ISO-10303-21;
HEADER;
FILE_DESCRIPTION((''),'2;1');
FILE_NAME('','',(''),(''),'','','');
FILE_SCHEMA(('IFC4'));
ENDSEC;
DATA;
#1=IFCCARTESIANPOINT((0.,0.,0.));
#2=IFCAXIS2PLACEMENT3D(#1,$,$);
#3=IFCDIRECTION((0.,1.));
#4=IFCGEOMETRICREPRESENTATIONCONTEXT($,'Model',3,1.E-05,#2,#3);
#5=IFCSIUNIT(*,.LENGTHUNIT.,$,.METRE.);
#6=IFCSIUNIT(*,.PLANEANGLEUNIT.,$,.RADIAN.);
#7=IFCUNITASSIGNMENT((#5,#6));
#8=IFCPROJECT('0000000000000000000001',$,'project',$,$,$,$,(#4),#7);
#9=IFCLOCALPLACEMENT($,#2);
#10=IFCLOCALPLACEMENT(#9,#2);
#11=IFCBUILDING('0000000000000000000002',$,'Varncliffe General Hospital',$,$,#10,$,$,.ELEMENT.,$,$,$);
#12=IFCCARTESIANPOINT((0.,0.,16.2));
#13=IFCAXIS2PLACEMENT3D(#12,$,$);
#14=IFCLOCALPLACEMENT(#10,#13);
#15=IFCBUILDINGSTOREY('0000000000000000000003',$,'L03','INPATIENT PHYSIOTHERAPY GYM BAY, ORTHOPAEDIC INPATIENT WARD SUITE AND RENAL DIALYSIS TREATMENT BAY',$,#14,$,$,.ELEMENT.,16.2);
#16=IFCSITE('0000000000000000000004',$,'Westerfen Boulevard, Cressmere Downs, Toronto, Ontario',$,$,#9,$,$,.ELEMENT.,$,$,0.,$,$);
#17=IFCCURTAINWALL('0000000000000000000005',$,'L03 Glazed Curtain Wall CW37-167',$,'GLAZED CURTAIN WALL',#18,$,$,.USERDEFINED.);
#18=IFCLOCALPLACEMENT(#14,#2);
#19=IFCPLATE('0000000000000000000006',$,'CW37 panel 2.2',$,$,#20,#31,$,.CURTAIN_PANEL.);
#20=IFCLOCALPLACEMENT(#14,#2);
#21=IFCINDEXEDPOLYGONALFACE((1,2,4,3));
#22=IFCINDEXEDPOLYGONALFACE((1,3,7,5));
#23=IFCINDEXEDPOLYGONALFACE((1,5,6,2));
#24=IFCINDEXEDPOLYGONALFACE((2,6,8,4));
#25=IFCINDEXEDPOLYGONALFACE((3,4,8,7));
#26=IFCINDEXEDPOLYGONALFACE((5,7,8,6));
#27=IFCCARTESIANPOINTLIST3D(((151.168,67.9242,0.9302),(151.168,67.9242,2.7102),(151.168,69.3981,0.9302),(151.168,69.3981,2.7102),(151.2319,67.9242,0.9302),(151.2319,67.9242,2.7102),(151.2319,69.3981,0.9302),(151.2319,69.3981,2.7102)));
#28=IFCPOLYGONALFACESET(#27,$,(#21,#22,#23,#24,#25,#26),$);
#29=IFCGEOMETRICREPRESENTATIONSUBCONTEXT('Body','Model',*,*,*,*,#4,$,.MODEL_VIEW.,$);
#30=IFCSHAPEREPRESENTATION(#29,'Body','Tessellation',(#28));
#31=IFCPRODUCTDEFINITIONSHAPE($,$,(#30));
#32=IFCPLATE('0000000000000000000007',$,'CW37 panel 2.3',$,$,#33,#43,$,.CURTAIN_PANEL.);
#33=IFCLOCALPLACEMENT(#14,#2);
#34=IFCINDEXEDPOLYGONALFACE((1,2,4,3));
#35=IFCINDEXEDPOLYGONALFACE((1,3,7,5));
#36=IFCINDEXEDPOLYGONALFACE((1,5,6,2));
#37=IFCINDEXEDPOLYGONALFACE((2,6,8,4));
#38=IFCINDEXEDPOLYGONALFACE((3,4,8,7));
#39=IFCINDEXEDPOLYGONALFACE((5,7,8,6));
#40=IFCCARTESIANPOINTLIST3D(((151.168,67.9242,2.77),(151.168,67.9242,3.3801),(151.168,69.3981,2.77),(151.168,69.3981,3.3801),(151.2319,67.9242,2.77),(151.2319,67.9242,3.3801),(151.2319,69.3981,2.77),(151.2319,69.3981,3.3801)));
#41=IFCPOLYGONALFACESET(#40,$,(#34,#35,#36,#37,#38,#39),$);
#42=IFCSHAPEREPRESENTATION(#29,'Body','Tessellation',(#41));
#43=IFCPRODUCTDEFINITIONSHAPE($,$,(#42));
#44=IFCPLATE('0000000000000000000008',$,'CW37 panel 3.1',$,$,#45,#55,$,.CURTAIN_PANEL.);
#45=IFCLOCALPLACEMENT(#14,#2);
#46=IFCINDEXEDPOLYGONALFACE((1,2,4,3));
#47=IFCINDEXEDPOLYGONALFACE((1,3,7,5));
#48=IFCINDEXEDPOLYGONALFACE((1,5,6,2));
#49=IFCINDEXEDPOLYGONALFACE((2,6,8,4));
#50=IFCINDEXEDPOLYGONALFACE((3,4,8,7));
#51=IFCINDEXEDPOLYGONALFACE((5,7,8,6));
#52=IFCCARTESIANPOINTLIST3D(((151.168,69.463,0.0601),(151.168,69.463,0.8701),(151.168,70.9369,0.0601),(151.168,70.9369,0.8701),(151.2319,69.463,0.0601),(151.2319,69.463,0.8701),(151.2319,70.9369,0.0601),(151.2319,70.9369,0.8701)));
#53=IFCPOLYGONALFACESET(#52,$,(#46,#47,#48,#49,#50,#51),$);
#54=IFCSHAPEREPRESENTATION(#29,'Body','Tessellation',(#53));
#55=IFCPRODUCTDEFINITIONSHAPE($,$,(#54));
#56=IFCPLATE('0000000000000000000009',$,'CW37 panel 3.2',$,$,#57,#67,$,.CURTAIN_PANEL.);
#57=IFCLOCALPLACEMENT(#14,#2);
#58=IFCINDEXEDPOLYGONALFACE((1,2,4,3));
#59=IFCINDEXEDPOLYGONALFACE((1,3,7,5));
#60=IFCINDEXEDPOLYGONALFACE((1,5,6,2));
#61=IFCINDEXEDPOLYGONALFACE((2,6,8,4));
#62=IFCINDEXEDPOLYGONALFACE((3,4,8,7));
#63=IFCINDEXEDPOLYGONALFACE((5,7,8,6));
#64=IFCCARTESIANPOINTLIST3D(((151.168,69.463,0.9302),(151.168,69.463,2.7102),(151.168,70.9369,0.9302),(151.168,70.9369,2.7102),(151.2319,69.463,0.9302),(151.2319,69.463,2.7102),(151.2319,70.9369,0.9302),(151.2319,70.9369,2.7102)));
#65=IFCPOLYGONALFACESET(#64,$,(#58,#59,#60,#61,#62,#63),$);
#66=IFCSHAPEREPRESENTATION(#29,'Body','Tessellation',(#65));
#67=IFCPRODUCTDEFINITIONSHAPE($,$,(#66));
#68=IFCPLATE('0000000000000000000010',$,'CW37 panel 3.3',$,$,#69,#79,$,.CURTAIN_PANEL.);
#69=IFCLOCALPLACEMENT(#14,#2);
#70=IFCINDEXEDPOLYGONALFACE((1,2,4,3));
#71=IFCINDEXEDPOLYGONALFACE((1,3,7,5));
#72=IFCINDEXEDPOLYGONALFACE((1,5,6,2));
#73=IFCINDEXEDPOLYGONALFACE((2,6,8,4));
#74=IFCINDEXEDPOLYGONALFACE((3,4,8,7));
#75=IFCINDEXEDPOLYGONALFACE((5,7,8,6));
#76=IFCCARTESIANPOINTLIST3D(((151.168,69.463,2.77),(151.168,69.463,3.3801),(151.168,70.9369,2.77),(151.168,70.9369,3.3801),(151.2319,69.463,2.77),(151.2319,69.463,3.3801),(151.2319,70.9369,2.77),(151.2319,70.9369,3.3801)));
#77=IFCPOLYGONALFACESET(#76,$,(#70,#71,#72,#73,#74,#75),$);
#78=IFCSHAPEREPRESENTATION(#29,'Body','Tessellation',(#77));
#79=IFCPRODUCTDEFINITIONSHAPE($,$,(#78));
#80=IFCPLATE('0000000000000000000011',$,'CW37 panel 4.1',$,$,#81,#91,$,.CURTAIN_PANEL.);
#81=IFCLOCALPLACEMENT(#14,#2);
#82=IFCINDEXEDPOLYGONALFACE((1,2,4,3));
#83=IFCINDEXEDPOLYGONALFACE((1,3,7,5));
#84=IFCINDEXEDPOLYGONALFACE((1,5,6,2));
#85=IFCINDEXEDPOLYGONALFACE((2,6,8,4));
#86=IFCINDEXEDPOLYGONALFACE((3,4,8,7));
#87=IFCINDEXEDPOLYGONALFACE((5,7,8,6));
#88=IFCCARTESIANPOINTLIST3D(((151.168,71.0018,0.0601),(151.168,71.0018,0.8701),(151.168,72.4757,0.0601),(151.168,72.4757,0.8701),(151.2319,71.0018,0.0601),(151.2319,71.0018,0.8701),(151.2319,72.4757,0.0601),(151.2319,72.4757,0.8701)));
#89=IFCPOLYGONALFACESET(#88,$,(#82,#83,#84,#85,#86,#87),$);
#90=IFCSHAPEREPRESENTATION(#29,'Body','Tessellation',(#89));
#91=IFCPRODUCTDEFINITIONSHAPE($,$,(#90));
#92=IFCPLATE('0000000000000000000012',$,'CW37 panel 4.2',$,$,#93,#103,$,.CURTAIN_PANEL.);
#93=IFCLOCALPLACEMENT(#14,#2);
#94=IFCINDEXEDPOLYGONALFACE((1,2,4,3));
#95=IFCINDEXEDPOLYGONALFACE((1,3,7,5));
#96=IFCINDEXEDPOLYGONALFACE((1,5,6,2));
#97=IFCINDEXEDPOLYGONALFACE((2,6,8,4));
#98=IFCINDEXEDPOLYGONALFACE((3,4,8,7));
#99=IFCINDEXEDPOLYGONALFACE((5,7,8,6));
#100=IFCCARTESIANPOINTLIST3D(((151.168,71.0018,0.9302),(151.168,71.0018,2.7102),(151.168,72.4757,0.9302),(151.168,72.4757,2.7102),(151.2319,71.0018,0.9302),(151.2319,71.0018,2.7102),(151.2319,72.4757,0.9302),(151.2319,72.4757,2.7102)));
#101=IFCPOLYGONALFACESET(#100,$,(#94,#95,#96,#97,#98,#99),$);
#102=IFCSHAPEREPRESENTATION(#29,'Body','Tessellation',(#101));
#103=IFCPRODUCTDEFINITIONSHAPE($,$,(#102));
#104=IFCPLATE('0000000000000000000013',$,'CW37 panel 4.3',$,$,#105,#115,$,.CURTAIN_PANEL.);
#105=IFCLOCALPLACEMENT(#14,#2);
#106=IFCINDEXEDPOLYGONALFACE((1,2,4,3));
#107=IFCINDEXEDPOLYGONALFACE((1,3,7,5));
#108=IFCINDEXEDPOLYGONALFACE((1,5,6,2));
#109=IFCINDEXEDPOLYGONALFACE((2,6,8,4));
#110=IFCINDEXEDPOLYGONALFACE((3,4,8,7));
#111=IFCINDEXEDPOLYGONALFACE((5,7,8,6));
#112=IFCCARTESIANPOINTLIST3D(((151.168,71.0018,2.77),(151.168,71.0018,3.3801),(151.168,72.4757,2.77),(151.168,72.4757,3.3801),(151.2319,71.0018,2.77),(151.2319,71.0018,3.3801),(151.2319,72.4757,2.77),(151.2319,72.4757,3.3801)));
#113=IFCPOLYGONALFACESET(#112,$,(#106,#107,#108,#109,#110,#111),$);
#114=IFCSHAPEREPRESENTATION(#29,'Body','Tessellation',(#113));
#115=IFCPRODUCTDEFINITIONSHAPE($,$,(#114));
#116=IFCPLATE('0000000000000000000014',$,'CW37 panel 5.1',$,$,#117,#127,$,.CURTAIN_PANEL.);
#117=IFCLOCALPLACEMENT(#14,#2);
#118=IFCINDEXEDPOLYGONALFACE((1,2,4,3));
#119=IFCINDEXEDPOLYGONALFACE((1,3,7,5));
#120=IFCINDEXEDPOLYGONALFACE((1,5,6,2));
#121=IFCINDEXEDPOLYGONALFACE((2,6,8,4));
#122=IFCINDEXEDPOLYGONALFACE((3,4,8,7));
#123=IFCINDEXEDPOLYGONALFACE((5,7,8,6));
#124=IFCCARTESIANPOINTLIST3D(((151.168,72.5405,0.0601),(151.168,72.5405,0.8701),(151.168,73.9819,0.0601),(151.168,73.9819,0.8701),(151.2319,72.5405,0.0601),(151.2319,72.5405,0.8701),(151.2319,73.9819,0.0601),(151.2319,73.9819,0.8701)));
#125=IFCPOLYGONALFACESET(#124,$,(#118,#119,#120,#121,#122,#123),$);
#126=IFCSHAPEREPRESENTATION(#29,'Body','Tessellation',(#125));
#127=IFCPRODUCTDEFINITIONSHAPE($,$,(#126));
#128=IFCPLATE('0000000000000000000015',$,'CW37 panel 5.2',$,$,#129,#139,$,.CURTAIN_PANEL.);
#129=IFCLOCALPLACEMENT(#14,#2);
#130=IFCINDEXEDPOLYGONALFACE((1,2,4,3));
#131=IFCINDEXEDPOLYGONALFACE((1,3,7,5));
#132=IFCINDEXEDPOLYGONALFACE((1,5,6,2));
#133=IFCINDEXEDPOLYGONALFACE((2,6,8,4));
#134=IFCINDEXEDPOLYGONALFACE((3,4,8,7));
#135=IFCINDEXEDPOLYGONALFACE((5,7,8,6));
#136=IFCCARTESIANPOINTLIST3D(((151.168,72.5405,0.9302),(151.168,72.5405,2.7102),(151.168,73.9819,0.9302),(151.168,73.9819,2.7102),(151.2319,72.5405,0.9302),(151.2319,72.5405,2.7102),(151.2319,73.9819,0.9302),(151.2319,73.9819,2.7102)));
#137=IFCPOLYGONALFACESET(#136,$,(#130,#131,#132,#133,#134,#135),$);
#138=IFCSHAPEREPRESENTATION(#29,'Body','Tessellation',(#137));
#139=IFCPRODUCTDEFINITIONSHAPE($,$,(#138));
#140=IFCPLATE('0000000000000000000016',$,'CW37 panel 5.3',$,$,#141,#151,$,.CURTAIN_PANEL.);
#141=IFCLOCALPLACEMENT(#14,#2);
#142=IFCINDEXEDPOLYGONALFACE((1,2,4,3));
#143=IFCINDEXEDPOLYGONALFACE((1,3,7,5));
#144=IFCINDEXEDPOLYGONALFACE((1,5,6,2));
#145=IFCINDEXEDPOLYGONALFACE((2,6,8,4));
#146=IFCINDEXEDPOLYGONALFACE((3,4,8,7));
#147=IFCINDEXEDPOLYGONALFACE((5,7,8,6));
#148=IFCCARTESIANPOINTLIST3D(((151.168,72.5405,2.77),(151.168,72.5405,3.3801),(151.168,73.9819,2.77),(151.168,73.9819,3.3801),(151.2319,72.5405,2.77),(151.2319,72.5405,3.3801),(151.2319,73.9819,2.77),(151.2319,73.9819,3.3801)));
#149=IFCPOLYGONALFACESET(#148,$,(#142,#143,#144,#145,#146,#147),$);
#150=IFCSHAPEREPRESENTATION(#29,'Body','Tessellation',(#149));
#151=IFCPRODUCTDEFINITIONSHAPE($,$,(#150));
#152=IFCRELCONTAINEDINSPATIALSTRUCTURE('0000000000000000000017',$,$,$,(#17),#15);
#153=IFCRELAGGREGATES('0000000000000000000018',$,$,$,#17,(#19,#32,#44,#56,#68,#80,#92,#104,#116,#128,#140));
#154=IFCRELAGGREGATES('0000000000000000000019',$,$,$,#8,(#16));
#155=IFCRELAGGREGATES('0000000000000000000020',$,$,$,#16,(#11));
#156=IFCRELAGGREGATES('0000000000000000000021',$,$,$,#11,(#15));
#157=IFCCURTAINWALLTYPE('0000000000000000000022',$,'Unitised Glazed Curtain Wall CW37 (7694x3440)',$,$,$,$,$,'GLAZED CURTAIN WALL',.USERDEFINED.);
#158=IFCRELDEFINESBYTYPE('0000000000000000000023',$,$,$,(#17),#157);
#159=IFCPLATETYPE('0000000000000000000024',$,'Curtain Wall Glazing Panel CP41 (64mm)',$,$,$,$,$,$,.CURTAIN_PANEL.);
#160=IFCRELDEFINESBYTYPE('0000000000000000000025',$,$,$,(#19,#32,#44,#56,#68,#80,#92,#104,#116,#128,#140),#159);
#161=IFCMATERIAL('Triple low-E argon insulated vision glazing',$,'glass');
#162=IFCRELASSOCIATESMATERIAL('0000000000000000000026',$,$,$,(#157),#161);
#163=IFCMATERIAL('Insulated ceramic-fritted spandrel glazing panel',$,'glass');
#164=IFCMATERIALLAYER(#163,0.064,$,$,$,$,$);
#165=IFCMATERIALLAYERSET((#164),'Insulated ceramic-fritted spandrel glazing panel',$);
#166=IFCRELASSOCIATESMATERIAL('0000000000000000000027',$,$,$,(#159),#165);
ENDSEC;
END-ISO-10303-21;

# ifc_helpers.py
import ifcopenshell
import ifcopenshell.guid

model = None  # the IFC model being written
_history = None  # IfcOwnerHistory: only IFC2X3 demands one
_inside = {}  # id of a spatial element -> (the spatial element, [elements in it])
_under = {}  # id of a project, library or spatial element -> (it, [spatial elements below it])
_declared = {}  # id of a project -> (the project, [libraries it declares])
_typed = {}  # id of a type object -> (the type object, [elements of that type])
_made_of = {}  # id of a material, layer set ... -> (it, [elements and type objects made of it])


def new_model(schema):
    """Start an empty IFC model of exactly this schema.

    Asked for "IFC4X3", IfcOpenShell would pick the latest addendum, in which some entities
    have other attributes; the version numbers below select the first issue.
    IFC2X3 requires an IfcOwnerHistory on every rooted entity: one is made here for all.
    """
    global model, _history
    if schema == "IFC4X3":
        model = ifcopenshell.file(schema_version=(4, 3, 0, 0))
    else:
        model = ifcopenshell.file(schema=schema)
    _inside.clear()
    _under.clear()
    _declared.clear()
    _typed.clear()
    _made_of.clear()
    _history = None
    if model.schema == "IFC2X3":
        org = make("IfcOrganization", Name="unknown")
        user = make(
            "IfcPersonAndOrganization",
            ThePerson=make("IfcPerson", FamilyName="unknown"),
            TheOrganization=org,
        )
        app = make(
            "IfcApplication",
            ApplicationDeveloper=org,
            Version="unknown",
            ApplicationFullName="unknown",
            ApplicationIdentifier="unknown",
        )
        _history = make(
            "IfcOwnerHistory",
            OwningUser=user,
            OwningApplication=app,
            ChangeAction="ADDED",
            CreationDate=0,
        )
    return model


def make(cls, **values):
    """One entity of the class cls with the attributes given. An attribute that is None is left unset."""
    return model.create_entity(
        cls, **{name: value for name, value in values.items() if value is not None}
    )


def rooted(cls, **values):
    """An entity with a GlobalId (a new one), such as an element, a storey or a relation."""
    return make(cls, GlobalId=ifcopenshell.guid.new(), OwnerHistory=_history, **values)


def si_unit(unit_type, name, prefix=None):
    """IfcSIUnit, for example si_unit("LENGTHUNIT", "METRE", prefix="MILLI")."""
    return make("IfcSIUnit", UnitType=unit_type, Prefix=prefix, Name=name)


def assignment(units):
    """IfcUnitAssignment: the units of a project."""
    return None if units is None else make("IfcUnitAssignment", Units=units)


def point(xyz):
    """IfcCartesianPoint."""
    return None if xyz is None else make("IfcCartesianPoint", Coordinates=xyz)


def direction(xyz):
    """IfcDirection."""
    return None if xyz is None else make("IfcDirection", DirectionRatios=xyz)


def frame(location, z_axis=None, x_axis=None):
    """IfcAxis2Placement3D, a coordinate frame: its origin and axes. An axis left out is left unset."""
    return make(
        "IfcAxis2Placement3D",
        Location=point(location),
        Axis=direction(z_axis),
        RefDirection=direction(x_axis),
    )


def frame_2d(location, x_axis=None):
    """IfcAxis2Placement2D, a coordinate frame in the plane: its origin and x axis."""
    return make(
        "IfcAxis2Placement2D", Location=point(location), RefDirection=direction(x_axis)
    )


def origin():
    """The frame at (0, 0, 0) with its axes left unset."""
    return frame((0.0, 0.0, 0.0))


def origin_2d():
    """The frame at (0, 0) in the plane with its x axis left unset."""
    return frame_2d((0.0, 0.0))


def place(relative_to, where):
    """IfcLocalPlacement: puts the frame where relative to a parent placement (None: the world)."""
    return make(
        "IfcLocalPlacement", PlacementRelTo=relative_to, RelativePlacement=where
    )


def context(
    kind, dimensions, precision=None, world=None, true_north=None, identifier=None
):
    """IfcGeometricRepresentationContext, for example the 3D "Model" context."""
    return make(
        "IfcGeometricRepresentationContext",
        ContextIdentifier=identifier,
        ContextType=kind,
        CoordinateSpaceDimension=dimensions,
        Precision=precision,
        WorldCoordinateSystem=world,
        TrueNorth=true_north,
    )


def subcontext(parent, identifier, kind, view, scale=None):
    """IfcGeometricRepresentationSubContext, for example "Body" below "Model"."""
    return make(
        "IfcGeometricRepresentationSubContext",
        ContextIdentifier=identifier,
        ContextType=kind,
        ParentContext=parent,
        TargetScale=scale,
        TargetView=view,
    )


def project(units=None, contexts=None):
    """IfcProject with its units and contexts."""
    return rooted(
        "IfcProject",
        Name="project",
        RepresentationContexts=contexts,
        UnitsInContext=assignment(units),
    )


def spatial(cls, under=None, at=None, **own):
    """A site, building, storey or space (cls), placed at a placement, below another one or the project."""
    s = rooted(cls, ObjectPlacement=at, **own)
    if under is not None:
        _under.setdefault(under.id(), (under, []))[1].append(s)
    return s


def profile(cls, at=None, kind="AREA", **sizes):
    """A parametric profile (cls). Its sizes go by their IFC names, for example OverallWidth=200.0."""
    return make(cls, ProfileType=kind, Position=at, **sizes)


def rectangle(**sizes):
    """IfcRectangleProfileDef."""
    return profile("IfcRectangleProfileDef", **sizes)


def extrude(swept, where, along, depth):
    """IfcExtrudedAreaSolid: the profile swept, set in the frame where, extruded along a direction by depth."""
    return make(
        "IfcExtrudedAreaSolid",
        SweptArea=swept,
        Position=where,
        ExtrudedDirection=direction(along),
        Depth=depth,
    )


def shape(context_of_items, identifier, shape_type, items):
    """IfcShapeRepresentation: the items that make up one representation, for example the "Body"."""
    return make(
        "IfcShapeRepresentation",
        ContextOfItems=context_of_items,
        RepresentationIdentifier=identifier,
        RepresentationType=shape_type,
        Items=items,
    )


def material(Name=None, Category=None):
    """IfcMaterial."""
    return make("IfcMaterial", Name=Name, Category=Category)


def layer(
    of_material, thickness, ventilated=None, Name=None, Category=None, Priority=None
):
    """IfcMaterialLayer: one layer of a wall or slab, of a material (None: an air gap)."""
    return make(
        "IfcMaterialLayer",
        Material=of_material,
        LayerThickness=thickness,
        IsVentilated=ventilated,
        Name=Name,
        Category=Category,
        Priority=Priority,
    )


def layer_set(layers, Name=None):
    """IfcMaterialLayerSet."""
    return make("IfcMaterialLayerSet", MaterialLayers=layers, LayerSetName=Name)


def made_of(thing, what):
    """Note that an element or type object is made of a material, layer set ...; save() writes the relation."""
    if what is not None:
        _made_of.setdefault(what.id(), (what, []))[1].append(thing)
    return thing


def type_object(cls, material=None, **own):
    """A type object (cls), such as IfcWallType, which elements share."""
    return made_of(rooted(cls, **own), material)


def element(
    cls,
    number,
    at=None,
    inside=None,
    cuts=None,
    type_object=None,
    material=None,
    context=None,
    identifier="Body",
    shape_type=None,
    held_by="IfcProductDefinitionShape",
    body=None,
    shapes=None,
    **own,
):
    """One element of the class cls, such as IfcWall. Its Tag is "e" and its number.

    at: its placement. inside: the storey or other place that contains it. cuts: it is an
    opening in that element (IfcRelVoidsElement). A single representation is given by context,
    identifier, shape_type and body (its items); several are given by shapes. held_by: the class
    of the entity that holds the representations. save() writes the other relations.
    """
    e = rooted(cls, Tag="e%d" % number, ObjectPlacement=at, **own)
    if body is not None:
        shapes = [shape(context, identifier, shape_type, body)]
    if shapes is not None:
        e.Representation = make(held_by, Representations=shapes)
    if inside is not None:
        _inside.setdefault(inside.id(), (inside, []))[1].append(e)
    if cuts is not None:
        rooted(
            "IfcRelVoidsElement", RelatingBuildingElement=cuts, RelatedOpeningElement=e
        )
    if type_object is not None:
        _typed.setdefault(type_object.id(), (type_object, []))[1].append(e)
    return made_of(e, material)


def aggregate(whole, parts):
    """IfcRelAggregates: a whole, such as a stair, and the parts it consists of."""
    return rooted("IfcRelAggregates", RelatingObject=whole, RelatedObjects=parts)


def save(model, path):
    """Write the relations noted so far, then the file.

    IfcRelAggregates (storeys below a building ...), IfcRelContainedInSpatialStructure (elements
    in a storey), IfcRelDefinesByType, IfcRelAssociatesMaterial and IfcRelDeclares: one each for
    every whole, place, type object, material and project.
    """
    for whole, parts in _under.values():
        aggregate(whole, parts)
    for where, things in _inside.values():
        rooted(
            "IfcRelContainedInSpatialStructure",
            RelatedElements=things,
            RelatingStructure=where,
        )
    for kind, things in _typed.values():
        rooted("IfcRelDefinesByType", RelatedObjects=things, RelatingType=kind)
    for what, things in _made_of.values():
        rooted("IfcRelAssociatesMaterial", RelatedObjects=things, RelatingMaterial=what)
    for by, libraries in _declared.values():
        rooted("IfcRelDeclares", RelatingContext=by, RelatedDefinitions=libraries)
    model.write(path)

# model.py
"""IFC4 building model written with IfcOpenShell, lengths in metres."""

from ifc_helpers import new_model, si_unit, direction, frame, origin, origin_2d, place, context, subcontext, project, spatial, rectangle, extrude, material, layer, layer_set, type_object, element, aggregate, save


model = new_model("IFC4")

# Units and contexts
model_context = context("Model", 3, precision=1e-05, world=origin(), true_north=direction((0.0, 1.0)))
body_context = subcontext(model_context, "Body", "Model", "MODEL_VIEW")
ifc_project = project(units=[si_unit("LENGTHUNIT", "METRE"), si_unit("PLANEANGLEUNIT", "RADIAN")], contexts=[model_context])

# Site, building, storey
site_placement = place(None, origin())
site = spatial("IfcSite", under=ifc_project, at=site_placement, Name="Westerfen Boulevard, Cressmere Downs, Toronto, Ontario", CompositionType="ELEMENT", RefElevation=0.0)
building_placement = place(site_placement, origin())
building = spatial("IfcBuilding", under=site, at=building_placement, Name="Varncliffe General Hospital", CompositionType="ELEMENT")
storey_placement = place(building_placement, frame((0.0, 0.0, 16.2)))
storey = spatial("IfcBuildingStorey", under=building, at=storey_placement, Name="L03", Description="INPATIENT PHYSIOTHERAPY GYM BAY, ORTHOPAEDIC INPATIENT WARD SUITE AND RENAL DIALYSIS TREATMENT BAY", CompositionType="ELEMENT", Elevation=16.2)

# Shared definitions
ifc_material_1 = material(Name="Triple low-E argon insulated vision glazing", Category="glass")

# Curtain wall
curtain_wall_type_1 = type_object("IfcCurtainWallType", Name="Unitised Glazed Curtain Wall CW37 (7694x3440)", ElementType="GLAZED CURTAIN WALL", PredefinedType="USERDEFINED", material=ifc_material_1)
curtain_wall_1_placement = place(storey_placement, origin())
curtain_wall_1 = element("IfcCurtainWall", 1, at=curtain_wall_1_placement, inside=storey, type_object=curtain_wall_type_1, Name="L03 Glazed Curtain Wall CW37-167", ObjectType="GLAZED CURTAIN WALL", PredefinedType="USERDEFINED")

# Plates
ifc_material_2 = material(Name="Insulated ceramic-fritted spandrel glazing panel", Category="glass")
ifc_layer_1 = layer(ifc_material_2, 0.064)
ifc_layer_set_1 = layer_set([ifc_layer_1], Name="Insulated ceramic-fritted spandrel glazing panel")
plate_type_1 = type_object("IfcPlateType", Name="Curtain Wall Glazing Panel CP41 (64mm)", PredefinedType="CURTAIN_PANEL", material=ifc_layer_set_1)
plate_1_placement = place(storey_placement, frame((151.2, 68.6611, 0.9302), z_axis=(0.0, 0.0, 1.0), x_axis=(0.0, 1.0, 0.0)))
plate_1 = element("IfcPlate", 2, at=plate_1_placement, type_object=plate_type_1, Name="CW37 panel 2.2", PredefinedType="CURTAIN_PANEL", context=body_context, shape_type="SweptSolid", body=[
    extrude(rectangle(XDim=1.4739, YDim=0.064, at=origin_2d()), origin(), (0.0, 0.0, 1.0), 1.78),
])
plate_2_placement = place(storey_placement, frame((151.2, 68.6611, 2.77), z_axis=(0.0, 0.0, 1.0), x_axis=(0.0, 1.0, 0.0)))
plate_2 = element("IfcPlate", 3, at=plate_2_placement, type_object=plate_type_1, Name="CW37 panel 2.3", PredefinedType="CURTAIN_PANEL", context=body_context, shape_type="SweptSolid", body=[
    extrude(rectangle(XDim=1.4739, YDim=0.064, at=origin_2d()), origin(), (0.0, 0.0, 1.0), 0.6101),
])
plate_3_placement = place(storey_placement, frame((151.2, 70.2, 0.0601), z_axis=(0.0, 0.0, 1.0), x_axis=(0.0, 1.0, 0.0)))
plate_3 = element("IfcPlate", 4, at=plate_3_placement, type_object=plate_type_1, Name="CW37 panel 3.1", PredefinedType="CURTAIN_PANEL", context=body_context, shape_type="SweptSolid", body=[
    extrude(rectangle(XDim=1.4739, YDim=0.064, at=origin_2d()), origin(), (0.0, 0.0, 1.0), 0.8101),
])
plate_4_placement = place(storey_placement, frame((151.2, 70.2, 0.9302), z_axis=(0.0, 0.0, 1.0), x_axis=(0.0, 1.0, 0.0)))
plate_4 = element("IfcPlate", 5, at=plate_4_placement, type_object=plate_type_1, Name="CW37 panel 3.2", PredefinedType="CURTAIN_PANEL", context=body_context, shape_type="SweptSolid", body=[
    extrude(rectangle(XDim=1.4739, YDim=0.064, at=origin_2d()), origin(), (0.0, 0.0, 1.0), 1.78),
])
plate_5_placement = place(storey_placement, frame((151.2, 70.2, 2.77), z_axis=(0.0, 0.0, 1.0), x_axis=(0.0, 1.0, 0.0)))
plate_5 = element("IfcPlate", 6, at=plate_5_placement, type_object=plate_type_1, Name="CW37 panel 3.3", PredefinedType="CURTAIN_PANEL", context=body_context, shape_type="SweptSolid", body=[
    extrude(rectangle(XDim=1.4739, YDim=0.064, at=origin_2d()), origin(), (0.0, 0.0, 1.0), 0.6101),
])
plate_6_placement = place(storey_placement, frame((151.2, 71.7388, 0.0601), z_axis=(0.0, 0.0, 1.0), x_axis=(0.0, 1.0, 0.0)))
plate_6 = element("IfcPlate", 7, at=plate_6_placement, type_object=plate_type_1, Name="CW37 panel 4.1", PredefinedType="CURTAIN_PANEL", context=body_context, shape_type="SweptSolid", body=[
    extrude(rectangle(XDim=1.4739, YDim=0.064, at=origin_2d()), origin(), (0.0, 0.0, 1.0), 0.8101),
])
plate_7_placement = place(storey_placement, frame((151.2, 71.7388, 0.9302), z_axis=(0.0, 0.0, 1.0), x_axis=(0.0, 1.0, 0.0)))
plate_7 = element("IfcPlate", 8, at=plate_7_placement, type_object=plate_type_1, Name="CW37 panel 4.2", PredefinedType="CURTAIN_PANEL", context=body_context, shape_type="SweptSolid", body=[
    extrude(rectangle(XDim=1.4739, YDim=0.064, at=origin_2d()), origin(), (0.0, 0.0, 1.0), 1.78),
])
plate_8_placement = place(storey_placement, frame((151.2, 71.7388, 2.77), z_axis=(0.0, 0.0, 1.0), x_axis=(0.0, 1.0, 0.0)))
plate_8 = element("IfcPlate", 9, at=plate_8_placement, type_object=plate_type_1, Name="CW37 panel 4.3", PredefinedType="CURTAIN_PANEL", context=body_context, shape_type="SweptSolid", body=[
    extrude(rectangle(XDim=1.4739, YDim=0.064, at=origin_2d()), origin(), (0.0, 0.0, 1.0), 0.6101),
])
plate_9_placement = place(storey_placement, frame((151.2, 73.2612, 0.0601), z_axis=(0.0, 0.0, 1.0), x_axis=(0.0, 1.0, 0.0)))
plate_9 = element("IfcPlate", 10, at=plate_9_placement, type_object=plate_type_1, Name="CW37 panel 5.1", PredefinedType="CURTAIN_PANEL", context=body_context, shape_type="SweptSolid", body=[
    extrude(rectangle(XDim=1.4414, YDim=0.064, at=origin_2d()), origin(), (0.0, 0.0, 1.0), 0.8101),
])
plate_10_placement = place(storey_placement, frame((151.2, 73.2612, 0.9302), z_axis=(0.0, 0.0, 1.0), x_axis=(0.0, 1.0, 0.0)))
plate_10 = element("IfcPlate", 11, at=plate_10_placement, type_object=plate_type_1, Name="CW37 panel 5.2", PredefinedType="CURTAIN_PANEL", context=body_context, shape_type="SweptSolid", body=[
    extrude(rectangle(XDim=1.4414, YDim=0.064, at=origin_2d()), origin(), (0.0, 0.0, 1.0), 1.78),
])
plate_11_placement = place(storey_placement, frame((151.2, 73.2612, 2.77), z_axis=(0.0, 0.0, 1.0), x_axis=(0.0, 1.0, 0.0)))
plate_11 = element("IfcPlate", 12, at=plate_11_placement, type_object=plate_type_1, Name="CW37 panel 5.3", PredefinedType="CURTAIN_PANEL", context=body_context, shape_type="SweptSolid", body=[
    extrude(rectangle(XDim=1.4414, YDim=0.064, at=origin_2d()), origin(), (0.0, 0.0, 1.0), 0.6101),
])
aggregate(curtain_wall_1, [plate_1, plate_2, plate_3, plate_4, plate_5, plate_6, plate_7, plate_8, plate_9, plate_10, plate_11])

save(model, "model.ifc")
